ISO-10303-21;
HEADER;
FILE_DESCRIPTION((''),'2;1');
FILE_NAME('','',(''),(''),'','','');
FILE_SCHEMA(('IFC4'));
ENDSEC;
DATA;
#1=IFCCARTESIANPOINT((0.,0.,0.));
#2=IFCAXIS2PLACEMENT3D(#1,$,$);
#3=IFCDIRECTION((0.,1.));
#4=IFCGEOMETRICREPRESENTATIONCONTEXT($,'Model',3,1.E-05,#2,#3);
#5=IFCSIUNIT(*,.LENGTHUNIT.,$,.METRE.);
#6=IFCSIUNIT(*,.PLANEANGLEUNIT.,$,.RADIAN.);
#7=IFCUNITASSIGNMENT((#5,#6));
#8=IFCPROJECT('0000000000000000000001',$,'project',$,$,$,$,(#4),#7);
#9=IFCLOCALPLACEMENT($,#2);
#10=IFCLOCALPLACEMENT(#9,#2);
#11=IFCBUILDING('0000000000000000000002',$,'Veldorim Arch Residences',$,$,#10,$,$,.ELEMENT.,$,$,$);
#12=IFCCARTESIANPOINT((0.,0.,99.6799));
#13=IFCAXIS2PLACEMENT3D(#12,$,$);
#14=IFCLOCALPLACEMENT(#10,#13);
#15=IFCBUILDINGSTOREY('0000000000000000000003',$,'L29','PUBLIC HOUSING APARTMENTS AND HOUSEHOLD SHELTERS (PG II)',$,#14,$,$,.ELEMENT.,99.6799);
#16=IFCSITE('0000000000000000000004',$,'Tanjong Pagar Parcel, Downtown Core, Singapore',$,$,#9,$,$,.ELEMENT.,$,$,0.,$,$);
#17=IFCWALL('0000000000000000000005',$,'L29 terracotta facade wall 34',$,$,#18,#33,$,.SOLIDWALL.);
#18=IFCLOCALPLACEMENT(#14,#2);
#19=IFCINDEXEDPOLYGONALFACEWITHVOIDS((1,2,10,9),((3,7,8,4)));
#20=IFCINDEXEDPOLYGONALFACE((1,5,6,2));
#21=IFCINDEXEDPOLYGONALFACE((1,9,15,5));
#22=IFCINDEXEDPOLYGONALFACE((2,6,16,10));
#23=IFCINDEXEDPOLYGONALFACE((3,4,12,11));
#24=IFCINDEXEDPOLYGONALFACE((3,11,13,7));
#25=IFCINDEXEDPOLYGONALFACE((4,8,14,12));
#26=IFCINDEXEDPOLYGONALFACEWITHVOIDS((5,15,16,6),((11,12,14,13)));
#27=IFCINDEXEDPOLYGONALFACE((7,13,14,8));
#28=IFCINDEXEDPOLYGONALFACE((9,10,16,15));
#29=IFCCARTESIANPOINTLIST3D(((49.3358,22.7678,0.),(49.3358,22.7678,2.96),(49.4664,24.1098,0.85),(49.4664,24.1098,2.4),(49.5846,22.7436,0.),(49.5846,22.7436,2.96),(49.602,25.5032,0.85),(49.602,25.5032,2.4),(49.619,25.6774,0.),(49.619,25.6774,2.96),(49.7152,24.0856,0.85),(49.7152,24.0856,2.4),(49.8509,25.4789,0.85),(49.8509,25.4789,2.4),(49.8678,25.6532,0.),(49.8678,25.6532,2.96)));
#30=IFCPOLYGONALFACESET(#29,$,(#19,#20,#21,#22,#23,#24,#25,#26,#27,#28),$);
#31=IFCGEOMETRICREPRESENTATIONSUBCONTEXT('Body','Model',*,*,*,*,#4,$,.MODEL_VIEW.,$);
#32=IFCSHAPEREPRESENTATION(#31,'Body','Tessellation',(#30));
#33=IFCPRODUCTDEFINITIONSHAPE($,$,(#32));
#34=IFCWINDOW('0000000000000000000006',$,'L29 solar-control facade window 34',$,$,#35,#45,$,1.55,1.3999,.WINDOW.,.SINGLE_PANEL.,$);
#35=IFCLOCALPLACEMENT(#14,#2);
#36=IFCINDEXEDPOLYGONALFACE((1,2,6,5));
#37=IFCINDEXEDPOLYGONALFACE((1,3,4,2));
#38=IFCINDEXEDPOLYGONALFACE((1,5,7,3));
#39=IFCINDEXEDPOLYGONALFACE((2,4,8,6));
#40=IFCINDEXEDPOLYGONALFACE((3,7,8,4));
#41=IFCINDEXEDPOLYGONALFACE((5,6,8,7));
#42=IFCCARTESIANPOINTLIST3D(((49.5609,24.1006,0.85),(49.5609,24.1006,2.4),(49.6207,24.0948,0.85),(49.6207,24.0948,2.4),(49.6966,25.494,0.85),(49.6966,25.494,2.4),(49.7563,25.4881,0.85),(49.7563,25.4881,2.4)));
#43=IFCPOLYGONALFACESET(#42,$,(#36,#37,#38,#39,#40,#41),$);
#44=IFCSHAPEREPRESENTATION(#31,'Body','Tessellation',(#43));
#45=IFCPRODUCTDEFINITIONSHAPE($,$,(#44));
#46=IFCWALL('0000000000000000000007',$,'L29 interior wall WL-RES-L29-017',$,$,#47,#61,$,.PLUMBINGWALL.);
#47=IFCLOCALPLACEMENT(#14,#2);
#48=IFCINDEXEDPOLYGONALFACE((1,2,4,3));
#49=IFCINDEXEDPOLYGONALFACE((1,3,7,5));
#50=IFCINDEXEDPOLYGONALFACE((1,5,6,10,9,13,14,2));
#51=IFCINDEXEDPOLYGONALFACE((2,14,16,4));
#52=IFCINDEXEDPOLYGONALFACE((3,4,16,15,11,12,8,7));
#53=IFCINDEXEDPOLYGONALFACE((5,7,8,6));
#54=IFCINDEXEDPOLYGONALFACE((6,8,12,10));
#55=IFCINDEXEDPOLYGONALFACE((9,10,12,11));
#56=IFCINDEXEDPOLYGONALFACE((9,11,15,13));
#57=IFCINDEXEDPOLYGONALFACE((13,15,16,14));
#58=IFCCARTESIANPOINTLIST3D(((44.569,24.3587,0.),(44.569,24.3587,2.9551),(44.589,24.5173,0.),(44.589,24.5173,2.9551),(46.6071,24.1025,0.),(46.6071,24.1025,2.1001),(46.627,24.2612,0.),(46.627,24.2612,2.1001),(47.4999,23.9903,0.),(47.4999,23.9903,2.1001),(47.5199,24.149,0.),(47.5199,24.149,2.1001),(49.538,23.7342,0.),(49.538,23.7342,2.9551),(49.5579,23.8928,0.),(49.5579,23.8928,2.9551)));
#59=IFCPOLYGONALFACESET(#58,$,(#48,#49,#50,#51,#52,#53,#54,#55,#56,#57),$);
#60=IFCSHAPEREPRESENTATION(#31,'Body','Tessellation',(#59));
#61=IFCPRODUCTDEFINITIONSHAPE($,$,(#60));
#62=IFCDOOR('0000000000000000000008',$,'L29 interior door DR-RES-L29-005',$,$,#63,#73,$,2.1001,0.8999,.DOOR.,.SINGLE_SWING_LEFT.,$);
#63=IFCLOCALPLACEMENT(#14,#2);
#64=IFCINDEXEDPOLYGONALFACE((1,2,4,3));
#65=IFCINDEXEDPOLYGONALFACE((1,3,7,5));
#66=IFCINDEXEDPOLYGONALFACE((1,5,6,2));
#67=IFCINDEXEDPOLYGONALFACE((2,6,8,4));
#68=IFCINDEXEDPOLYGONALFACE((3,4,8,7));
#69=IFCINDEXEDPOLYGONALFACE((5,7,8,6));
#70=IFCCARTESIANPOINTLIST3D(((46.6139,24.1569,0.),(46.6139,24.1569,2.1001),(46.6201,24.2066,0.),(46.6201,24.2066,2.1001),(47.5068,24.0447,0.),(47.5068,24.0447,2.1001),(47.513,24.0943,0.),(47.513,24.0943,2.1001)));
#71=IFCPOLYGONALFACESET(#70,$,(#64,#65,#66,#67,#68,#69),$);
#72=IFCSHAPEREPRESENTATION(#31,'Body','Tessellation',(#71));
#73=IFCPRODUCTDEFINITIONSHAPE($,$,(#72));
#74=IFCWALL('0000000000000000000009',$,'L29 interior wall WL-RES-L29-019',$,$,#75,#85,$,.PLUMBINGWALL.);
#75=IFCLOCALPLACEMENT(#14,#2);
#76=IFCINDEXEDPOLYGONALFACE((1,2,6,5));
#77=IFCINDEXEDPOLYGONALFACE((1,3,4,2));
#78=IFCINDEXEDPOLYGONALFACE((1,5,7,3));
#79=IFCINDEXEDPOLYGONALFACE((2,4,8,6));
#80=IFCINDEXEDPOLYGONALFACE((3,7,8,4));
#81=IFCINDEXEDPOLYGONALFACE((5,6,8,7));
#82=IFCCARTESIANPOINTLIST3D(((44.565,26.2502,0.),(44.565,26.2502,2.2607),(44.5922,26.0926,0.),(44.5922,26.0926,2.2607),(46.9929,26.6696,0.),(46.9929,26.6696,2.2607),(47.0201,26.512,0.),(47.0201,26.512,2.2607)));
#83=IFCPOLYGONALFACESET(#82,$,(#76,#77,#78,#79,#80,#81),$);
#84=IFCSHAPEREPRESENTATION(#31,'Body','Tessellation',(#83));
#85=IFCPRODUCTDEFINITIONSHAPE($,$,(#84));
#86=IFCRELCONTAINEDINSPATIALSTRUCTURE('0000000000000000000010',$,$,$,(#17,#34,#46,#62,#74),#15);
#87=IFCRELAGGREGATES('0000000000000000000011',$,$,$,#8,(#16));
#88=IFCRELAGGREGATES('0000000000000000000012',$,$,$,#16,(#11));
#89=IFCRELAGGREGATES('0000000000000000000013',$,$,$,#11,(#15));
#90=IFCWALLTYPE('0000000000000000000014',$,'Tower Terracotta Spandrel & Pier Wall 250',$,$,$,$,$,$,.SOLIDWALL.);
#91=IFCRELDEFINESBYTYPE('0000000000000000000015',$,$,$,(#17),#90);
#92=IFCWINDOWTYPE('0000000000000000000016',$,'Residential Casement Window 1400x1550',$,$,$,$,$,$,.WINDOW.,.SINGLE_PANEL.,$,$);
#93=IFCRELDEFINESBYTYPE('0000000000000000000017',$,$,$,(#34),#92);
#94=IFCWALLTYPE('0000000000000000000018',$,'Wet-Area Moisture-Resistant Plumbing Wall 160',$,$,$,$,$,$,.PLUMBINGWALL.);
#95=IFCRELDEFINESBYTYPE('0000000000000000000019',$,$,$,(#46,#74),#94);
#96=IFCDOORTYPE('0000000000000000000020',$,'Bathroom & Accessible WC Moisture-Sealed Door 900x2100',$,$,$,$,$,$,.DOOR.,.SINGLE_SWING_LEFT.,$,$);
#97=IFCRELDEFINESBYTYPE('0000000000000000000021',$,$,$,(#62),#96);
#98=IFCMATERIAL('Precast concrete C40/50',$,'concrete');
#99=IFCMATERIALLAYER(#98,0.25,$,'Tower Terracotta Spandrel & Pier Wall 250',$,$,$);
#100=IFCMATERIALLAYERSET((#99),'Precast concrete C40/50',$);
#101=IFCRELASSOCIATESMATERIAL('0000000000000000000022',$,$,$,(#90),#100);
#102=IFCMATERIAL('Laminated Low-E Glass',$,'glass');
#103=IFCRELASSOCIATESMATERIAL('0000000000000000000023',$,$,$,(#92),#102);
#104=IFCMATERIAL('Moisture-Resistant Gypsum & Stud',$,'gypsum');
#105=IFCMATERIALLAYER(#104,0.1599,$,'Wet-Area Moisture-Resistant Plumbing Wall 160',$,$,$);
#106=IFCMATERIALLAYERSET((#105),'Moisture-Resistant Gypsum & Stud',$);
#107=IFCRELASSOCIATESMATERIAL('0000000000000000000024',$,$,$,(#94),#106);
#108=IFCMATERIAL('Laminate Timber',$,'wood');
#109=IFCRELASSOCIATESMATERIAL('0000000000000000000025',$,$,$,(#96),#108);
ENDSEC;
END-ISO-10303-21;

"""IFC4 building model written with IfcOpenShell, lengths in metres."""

from ifc_helpers import new_model, si_unit, direction, frame, frame_2d, origin, place, context, subcontext, project, spatial, rectangle, extrude, material, layer, layer_set, type_object, element, fill, save


model = new_model("IFC4")

# Units and contexts
model_context = context("Model", 3, precision=1e-05, world=origin(), true_north=direction((0.0, 1.0)))
body_context = subcontext(model_context, "Body", "Model", "MODEL_VIEW")
ifc_project = project(units=[si_unit("LENGTHUNIT", "METRE"), si_unit("PLANEANGLEUNIT", "RADIAN")], contexts=[model_context])

# Site, building, storey
site_placement = place(None, origin())
site = spatial("IfcSite", under=ifc_project, at=site_placement, Name="Tanjong Pagar Parcel, Downtown Core, Singapore", CompositionType="ELEMENT", RefElevation=0.0)
building_placement = place(site_placement, origin())
building = spatial("IfcBuilding", under=site, at=building_placement, Name="Veldorim Arch Residences", CompositionType="ELEMENT")
storey_placement = place(building_placement, frame((0.0, 0.0, 99.6799)))
storey = spatial("IfcBuildingStorey", under=building, at=storey_placement, Name="L29", Description="PUBLIC HOUSING APARTMENTS AND HOUSEHOLD SHELTERS (PG II)", CompositionType="ELEMENT", Elevation=99.6799)

# Shared definitions
ifc_material_1 = material(Name="Precast concrete C40/50", Category="concrete")
ifc_layer_1 = layer(ifc_material_1, 0.25, Name="Tower Terracotta Spandrel & Pier Wall 250")
ifc_layer_set_1 = layer_set([ifc_layer_1], Name="Precast concrete C40/50")
wall_type_1 = type_object("IfcWallType", Name="Tower Terracotta Spandrel & Pier Wall 250", PredefinedType="SOLIDWALL", material=ifc_layer_set_1)

# Wall, opening, window
wall_1_placement = place(storey_placement, frame((49.7434, 25.6653, 0.0), z_axis=(0.0, 0.0, 1.0), x_axis=(-0.096874, -0.995297, 0.0)))
wall_1 = element("IfcWall", 1, at=wall_1_placement, inside=storey, type_object=wall_type_1, Name="L29 terracotta facade wall 34", PredefinedType="SOLIDWALL", context=body_context, shape_type="SweptSolid", body=[
    extrude(rectangle(XDim=2.9233, YDim=0.25, at=frame_2d((1.4617, 0.0))), origin(), (0.0, 0.0, 1.0), 2.96),
])
opening_1_placement = place(wall_1_placement, frame((0.175, 0.0, 0.8501)))
opening_1 = element("IfcOpeningElement", 2, at=opening_1_placement, cuts=wall_1, PredefinedType="OPENING", context=body_context, shape_type="SweptSolid", body=[
    extrude(rectangle(XDim=1.3999, YDim=1.55, at=frame_2d((0.7, 0.7749))), frame((0.0, 0.135, 0.0), z_axis=(0.0, -1.0, 0.0), x_axis=(1.0, 0.0, 0.0)), (0.0, 0.0, 1.0), 0.27),
])
ifc_material_2 = material(Name="Laminated Low-E Glass", Category="glass")
window_type_1 = type_object("IfcWindowType", Name="Residential Casement Window 1400x1550", PartitioningType="SINGLE_PANEL", PredefinedType="WINDOW", material=ifc_material_2)
window_1_placement = place(opening_1_placement, origin())
window_1 = element("IfcWindow", 3, at=window_1_placement, inside=storey, type_object=window_type_1, Name="L29 solar-control facade window 34", OverallHeight=1.55, OverallWidth=1.3999, PartitioningType="SINGLE_PANEL", PredefinedType="WINDOW", context=body_context, shape_type="SweptSolid", body=[
    extrude(rectangle(XDim=1.3999, YDim=1.55, at=frame_2d((0.7, 0.7749))), frame((0.0, 0.03, 0.0), z_axis=(0.0, -1.0, 0.0), x_axis=(1.0, 0.0, 0.0)), (0.0, 0.0, 1.0), 0.0601),
])
fill(opening_1, window_1)

# Wall, opening, door
ifc_material_3 = material(Name="Moisture-Resistant Gypsum & Stud", Category="gypsum")
ifc_layer_2 = layer(ifc_material_3, 0.1599, Name="Wet-Area Moisture-Resistant Plumbing Wall 160")
ifc_layer_set_2 = layer_set([ifc_layer_2], Name="Moisture-Resistant Gypsum & Stud")
wall_type_2 = type_object("IfcWallType", Name="Wet-Area Moisture-Resistant Plumbing Wall 160", PredefinedType="PLUMBINGWALL", material=ifc_layer_set_2)
wall_2_placement = place(storey_placement, frame((44.5791, 24.438, 0.0), z_axis=(0.0, 0.0, 1.0), x_axis=(0.992194, -0.124701, 0.0)))
wall_2 = element("IfcWall", 4, at=wall_2_placement, inside=storey, type_object=wall_type_2, Name="L29 interior wall WL-RES-L29-017", PredefinedType="PLUMBINGWALL", context=body_context, shape_type="SweptSolid", body=[
    extrude(rectangle(XDim=5.0081, YDim=0.1599, at=frame_2d((2.5039, 0.0))), origin(), (0.0, 0.0, 1.0), 2.9551),
])
opening_2_placement = place(wall_2_placement, frame((2.054, 0.0, 0.0)))
opening_2 = element("IfcOpeningElement", 5, at=opening_2_placement, cuts=wall_2, PredefinedType="OPENING", context=body_context, shape_type="SweptSolid", body=[
    extrude(rectangle(XDim=0.8999, YDim=2.1001, at=frame_2d((0.45, 1.05))), frame((0.0, 0.0898, 0.0), z_axis=(0.0, -1.0, 0.0), x_axis=(1.0, 0.0, 0.0)), (0.0, 0.0, 1.0), 0.1799),
])
ifc_material_4 = material(Name="Laminate Timber", Category="wood")
door_type_1 = type_object("IfcDoorType", Name="Bathroom & Accessible WC Moisture-Sealed Door 900x2100", OperationType="SINGLE_SWING_LEFT", PredefinedType="DOOR", material=ifc_material_4)
door_1_placement = place(opening_2_placement, origin())
door_1 = element("IfcDoor", 6, at=door_1_placement, inside=storey, type_object=door_type_1, Name="L29 interior door DR-RES-L29-005", OperationType="SINGLE_SWING_LEFT", OverallHeight=2.1001, OverallWidth=0.8999, PredefinedType="DOOR", context=body_context, shape_type="SweptSolid", body=[
    extrude(rectangle(XDim=0.8999, YDim=2.1001, at=frame_2d((0.45, 1.05))), frame((0.0, 0.0249, 0.0), z_axis=(0.0, -1.0, 0.0), x_axis=(1.0, 0.0, 0.0)), (0.0, 0.0, 1.0), 0.05),
])
fill(opening_2, door_1)

# Wall
wall_3_placement = place(storey_placement, frame((44.5786, 26.1714, 0.0), z_axis=(0.0, 0.0, 1.0), x_axis=(0.985405, 0.170229, 0.0)))
element("IfcWall", 7, at=wall_3_placement, inside=storey, type_object=wall_type_2, Name="L29 interior wall WL-RES-L29-019", PredefinedType="PLUMBINGWALL", context=body_context, shape_type="SweptSolid", body=[
    extrude(rectangle(XDim=2.4639, YDim=0.1599, at=frame_2d((1.2319, 0.0))), origin(), (0.0, 0.0, 1.0), 2.2607),
])

save(model, "model.ifc")
